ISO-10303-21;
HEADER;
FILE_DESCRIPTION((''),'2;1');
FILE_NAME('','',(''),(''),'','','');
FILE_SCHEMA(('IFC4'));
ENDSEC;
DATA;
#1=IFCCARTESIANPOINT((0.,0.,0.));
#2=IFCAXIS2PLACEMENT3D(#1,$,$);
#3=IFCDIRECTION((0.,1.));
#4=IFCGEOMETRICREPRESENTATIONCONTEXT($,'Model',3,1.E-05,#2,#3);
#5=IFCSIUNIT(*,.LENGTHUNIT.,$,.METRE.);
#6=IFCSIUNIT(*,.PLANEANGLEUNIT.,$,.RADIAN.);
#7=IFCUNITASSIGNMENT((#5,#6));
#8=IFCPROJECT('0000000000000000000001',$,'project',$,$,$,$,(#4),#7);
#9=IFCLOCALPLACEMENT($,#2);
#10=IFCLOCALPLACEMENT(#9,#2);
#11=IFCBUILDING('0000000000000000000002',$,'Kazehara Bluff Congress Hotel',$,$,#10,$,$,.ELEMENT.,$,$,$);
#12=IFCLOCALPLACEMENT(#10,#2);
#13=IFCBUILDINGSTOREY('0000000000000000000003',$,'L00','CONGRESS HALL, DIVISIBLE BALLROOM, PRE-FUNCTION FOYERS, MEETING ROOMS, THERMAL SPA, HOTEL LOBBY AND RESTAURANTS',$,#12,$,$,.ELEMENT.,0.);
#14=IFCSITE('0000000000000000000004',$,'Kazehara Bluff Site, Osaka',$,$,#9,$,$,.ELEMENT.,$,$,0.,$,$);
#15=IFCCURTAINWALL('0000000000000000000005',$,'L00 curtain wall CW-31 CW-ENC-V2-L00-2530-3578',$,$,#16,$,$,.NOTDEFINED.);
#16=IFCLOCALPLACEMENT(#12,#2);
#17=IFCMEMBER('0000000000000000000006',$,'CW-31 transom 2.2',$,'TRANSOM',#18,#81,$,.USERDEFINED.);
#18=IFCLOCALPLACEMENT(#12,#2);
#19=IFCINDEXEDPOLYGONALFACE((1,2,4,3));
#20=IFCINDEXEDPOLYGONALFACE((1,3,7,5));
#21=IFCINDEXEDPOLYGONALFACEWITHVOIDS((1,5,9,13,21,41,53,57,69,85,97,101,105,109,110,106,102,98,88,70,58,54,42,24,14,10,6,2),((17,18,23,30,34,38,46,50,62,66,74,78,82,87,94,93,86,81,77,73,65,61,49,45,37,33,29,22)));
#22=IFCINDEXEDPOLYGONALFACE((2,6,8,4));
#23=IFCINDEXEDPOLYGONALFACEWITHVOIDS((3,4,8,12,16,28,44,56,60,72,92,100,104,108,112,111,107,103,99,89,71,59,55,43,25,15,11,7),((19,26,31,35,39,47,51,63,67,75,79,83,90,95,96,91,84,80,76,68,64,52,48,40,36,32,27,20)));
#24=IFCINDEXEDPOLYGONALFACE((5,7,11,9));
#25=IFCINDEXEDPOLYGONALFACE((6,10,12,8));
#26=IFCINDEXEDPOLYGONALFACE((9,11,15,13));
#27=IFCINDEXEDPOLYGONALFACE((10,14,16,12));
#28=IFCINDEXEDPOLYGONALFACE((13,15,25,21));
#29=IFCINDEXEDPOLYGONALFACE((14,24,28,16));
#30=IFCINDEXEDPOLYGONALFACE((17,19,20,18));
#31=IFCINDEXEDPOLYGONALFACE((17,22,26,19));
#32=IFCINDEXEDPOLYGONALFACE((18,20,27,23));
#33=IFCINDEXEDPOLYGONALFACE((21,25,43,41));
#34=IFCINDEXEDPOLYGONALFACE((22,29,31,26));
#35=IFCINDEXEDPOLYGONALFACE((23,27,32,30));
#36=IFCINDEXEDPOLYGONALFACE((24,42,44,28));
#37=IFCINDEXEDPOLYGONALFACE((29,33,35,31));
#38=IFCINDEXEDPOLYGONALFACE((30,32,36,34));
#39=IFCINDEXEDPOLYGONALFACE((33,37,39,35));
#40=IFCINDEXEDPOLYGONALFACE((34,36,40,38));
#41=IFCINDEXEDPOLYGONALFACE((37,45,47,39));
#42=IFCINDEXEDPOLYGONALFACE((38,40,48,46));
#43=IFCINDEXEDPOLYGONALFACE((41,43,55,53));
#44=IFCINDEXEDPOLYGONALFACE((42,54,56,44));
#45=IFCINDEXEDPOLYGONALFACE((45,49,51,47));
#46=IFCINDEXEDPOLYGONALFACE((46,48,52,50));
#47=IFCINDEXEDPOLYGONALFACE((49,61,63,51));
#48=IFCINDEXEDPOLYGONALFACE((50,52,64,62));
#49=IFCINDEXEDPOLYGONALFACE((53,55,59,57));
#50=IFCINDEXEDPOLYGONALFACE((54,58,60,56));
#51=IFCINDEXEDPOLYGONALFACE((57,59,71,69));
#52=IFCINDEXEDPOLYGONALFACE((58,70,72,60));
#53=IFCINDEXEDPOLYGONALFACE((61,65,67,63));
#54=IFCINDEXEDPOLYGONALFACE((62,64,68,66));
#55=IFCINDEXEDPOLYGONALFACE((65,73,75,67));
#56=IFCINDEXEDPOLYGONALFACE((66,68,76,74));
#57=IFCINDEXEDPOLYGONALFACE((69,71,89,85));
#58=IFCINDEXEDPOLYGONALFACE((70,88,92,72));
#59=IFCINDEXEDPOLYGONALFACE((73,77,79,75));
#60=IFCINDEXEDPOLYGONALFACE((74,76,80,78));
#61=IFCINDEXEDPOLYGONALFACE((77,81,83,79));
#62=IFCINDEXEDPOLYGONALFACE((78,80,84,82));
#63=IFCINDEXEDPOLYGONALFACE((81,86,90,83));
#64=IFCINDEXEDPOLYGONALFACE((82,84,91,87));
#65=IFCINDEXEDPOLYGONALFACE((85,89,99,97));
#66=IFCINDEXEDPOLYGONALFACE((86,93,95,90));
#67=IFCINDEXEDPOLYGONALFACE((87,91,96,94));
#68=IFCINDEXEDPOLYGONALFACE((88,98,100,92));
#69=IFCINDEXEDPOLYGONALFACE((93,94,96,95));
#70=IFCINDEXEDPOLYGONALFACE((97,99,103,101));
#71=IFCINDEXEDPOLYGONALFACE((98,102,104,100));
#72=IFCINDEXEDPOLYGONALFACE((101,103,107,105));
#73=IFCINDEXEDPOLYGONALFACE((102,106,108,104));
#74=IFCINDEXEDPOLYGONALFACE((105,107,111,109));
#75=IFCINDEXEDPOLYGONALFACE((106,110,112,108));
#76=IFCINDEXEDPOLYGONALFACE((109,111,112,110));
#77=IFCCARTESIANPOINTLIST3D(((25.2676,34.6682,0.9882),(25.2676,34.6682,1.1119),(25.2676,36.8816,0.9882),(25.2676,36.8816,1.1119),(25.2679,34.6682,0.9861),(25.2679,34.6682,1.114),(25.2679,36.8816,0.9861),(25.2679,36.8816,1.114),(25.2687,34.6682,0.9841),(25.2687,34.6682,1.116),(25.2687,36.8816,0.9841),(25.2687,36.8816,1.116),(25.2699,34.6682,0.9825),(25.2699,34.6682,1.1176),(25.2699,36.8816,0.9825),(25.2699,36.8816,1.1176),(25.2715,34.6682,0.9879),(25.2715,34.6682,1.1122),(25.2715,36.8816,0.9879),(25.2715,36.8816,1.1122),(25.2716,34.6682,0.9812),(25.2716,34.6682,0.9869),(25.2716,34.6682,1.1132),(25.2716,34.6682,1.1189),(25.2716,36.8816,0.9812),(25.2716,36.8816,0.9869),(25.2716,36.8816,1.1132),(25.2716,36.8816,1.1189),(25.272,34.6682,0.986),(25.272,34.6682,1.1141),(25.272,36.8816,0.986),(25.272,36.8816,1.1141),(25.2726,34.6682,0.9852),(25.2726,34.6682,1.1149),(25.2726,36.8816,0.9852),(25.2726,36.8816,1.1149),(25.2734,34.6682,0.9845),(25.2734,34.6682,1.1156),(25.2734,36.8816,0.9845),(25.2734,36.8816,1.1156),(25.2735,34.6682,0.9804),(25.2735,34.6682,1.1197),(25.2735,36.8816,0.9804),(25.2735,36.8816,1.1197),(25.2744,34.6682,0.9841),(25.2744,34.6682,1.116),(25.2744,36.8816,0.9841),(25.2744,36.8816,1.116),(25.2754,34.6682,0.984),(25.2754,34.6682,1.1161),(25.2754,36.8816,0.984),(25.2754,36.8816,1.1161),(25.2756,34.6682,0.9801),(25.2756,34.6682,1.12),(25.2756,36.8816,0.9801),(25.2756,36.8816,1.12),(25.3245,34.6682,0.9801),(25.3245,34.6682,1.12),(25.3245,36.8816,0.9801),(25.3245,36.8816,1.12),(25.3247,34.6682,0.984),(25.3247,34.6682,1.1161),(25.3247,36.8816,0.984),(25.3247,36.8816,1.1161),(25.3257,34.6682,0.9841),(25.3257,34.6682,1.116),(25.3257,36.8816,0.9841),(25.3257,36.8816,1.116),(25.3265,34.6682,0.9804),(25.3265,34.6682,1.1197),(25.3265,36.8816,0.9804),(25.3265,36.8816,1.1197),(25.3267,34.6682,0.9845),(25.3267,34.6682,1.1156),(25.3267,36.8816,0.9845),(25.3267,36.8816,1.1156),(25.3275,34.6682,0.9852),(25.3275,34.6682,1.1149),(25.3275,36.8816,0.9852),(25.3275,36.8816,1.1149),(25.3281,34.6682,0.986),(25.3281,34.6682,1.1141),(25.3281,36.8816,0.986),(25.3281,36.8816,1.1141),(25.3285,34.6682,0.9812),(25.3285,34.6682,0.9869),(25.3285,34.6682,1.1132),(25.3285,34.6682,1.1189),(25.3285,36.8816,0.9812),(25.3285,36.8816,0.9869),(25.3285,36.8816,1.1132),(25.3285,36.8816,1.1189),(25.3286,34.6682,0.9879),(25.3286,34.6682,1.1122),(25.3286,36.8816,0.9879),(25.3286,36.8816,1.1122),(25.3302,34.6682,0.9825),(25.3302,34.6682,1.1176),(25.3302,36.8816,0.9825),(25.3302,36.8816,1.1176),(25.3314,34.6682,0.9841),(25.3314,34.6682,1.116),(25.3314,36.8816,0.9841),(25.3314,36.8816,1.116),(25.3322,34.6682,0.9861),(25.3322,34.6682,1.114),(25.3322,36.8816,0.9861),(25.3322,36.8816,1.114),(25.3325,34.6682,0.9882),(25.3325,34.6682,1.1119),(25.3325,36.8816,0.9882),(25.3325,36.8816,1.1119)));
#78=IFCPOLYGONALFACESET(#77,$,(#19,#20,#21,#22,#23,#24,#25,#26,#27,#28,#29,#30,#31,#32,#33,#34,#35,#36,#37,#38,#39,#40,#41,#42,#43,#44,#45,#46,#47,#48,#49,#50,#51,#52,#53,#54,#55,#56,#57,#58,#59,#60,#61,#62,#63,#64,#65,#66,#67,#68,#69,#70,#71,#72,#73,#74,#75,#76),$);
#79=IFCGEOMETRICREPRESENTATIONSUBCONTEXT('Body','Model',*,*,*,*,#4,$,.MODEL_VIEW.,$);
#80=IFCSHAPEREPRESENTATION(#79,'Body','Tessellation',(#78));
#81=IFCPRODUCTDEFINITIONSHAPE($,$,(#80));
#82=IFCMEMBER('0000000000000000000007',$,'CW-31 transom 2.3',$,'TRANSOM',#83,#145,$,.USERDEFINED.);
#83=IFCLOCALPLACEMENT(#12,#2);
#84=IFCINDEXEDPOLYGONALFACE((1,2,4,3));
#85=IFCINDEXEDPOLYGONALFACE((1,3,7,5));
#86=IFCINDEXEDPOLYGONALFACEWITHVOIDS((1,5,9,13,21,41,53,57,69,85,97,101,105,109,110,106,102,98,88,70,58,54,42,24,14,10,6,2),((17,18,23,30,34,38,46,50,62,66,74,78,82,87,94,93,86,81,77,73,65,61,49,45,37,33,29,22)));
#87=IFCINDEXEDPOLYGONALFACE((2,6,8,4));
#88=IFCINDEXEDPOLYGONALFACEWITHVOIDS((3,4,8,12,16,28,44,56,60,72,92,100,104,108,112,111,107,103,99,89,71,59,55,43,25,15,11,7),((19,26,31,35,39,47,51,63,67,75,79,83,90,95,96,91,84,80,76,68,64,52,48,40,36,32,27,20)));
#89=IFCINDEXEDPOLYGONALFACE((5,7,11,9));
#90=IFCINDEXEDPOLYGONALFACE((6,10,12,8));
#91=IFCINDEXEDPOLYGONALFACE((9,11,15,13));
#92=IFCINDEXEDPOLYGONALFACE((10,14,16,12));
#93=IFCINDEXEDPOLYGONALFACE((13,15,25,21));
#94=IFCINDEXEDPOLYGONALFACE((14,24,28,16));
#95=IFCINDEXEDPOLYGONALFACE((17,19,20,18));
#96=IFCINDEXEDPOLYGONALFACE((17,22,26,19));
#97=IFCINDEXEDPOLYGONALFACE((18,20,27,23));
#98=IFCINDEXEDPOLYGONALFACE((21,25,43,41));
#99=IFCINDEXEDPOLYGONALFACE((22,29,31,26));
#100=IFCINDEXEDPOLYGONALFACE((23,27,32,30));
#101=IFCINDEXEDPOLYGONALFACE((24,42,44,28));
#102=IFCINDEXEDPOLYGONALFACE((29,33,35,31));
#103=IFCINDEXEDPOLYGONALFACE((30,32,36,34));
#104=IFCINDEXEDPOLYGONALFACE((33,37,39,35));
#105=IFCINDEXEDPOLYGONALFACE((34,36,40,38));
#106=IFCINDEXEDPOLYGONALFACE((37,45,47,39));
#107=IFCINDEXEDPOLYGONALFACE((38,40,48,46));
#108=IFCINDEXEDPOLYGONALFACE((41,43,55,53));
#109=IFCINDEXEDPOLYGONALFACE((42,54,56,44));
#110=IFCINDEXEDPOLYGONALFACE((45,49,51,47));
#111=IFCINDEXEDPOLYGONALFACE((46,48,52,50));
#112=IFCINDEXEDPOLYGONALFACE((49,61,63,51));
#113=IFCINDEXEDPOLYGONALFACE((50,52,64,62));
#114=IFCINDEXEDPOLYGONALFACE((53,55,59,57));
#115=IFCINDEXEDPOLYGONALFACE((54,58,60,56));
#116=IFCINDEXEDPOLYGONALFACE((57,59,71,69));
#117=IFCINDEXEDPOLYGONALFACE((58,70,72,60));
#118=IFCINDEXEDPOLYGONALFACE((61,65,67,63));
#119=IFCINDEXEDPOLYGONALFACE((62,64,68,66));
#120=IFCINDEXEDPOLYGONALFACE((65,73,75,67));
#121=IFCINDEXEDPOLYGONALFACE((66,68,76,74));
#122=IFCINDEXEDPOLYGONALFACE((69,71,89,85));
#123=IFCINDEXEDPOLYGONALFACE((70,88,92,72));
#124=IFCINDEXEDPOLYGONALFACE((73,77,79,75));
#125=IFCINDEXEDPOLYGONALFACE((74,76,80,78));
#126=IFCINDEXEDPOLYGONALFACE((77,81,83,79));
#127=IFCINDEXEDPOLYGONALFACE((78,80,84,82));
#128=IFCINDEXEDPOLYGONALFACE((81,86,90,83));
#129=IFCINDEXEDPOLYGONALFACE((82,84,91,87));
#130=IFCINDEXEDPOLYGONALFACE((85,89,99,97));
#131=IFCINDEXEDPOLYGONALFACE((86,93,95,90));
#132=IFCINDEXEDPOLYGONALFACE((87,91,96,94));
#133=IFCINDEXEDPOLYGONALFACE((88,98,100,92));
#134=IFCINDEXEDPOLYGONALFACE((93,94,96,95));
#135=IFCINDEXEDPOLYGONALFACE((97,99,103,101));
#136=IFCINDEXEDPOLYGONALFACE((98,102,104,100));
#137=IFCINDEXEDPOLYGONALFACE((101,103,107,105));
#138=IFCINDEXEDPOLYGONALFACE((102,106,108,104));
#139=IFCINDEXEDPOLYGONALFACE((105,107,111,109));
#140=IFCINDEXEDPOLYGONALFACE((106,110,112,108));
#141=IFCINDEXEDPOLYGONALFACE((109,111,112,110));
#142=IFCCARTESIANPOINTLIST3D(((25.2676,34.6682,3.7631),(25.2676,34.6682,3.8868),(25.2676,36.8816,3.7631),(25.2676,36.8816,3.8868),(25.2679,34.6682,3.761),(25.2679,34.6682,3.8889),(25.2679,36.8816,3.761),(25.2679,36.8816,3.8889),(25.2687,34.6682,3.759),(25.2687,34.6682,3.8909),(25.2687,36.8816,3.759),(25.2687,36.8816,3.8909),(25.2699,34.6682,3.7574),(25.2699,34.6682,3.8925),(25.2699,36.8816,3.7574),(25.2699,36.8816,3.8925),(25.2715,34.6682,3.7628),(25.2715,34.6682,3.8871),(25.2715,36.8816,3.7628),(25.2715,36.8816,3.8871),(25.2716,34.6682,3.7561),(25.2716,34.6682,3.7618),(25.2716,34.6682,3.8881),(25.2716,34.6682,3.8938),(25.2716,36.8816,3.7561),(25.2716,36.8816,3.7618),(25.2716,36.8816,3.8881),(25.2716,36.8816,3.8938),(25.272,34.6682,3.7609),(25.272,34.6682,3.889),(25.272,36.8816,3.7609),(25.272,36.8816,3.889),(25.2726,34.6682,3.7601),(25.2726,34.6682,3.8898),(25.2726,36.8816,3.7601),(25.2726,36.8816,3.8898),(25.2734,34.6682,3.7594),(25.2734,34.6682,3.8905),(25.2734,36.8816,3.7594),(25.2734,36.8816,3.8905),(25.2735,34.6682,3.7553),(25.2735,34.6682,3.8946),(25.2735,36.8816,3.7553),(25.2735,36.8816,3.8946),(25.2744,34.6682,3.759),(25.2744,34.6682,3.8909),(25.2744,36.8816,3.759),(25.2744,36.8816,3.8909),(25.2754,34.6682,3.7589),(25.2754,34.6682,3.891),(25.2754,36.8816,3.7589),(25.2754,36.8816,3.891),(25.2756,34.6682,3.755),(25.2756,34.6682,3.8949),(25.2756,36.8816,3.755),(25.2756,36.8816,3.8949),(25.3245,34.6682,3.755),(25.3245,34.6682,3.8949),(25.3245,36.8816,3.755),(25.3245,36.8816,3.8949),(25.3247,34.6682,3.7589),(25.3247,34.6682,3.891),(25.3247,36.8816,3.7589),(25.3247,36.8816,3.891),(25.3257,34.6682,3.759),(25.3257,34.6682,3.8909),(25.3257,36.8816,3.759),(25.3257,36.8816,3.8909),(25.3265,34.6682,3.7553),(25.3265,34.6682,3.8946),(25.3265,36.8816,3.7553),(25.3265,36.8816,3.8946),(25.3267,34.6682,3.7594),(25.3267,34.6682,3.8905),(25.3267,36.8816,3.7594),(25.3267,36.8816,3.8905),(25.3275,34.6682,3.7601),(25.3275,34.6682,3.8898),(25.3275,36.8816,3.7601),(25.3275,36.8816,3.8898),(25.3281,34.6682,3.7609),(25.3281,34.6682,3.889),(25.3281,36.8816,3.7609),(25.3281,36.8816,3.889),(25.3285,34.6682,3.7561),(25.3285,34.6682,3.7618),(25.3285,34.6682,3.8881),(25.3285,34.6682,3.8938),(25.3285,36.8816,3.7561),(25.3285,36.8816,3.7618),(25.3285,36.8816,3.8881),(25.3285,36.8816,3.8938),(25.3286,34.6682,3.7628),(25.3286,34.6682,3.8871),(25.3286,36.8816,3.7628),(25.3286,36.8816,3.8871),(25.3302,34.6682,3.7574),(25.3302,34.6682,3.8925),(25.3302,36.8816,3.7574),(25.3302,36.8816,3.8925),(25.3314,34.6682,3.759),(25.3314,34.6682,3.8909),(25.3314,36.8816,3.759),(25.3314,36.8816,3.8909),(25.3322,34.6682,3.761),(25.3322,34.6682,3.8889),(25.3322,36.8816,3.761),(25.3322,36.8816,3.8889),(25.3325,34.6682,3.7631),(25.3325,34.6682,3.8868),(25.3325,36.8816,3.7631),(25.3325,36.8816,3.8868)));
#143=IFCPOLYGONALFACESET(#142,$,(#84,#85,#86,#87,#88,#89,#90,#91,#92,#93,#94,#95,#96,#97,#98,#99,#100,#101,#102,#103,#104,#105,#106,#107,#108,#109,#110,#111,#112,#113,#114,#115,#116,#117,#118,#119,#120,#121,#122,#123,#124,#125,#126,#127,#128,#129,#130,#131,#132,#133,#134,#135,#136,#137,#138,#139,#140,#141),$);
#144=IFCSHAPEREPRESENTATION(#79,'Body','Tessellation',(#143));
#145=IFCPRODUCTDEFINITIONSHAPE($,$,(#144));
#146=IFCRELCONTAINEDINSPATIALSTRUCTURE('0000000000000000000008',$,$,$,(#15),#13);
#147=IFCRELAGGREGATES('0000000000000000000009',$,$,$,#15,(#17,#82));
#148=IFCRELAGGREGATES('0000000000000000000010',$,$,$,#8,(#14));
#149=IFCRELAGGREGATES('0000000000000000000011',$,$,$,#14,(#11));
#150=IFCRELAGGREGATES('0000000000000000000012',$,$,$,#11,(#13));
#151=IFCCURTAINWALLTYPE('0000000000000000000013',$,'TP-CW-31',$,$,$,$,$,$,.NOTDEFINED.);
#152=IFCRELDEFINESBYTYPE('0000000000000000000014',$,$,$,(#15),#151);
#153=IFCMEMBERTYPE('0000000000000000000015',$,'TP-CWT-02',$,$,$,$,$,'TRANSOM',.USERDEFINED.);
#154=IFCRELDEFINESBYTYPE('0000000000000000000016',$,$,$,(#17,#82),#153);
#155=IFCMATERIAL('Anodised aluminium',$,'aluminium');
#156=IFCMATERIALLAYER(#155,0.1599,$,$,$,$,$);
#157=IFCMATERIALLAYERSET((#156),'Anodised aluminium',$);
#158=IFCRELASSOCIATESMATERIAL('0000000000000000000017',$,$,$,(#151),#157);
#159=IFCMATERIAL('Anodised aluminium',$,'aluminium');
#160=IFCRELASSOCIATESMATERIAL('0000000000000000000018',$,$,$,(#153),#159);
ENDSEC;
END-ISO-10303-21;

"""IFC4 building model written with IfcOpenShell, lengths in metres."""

from ifc_helpers import new_model, si_unit, direction, frame, origin, origin_2d, place, context, subcontext, project, spatial, hollow_rectangle, extrude, material, layer, layer_set, material_profile, profile_set, type_object, element, aggregate, save


model = new_model("IFC4")

# Units and contexts
model_context = context("Model", 3, precision=1e-05, world=origin(), true_north=direction((0.0, 1.0)))
body_context = subcontext(model_context, "Body", "Model", "MODEL_VIEW")
ifc_project = project(units=[si_unit("LENGTHUNIT", "METRE"), si_unit("PLANEANGLEUNIT", "RADIAN")], contexts=[model_context])

# Site, building, storey
site_placement = place(None, origin())
site = spatial("IfcSite", under=ifc_project, at=site_placement, Name="Kazehara Bluff Site, Osaka", CompositionType="ELEMENT", RefElevation=0.0)
building_placement = place(site_placement, origin())
building = spatial("IfcBuilding", under=site, at=building_placement, Name="Kazehara Bluff Congress Hotel", CompositionType="ELEMENT")
storey_placement = place(building_placement, origin())
storey = spatial("IfcBuildingStorey", under=building, at=storey_placement, Name="L00", Description="CONGRESS HALL, DIVISIBLE BALLROOM, PRE-FUNCTION FOYERS, MEETING ROOMS, THERMAL SPA, HOTEL LOBBY AND RESTAURANTS", CompositionType="ELEMENT", Elevation=0.0)

# Curtain wall, members
ifc_material_1 = material(Name="Anodised aluminium", Category="aluminium")
ifc_layer_1 = layer(ifc_material_1, 0.1599)
ifc_layer_set_1 = layer_set([ifc_layer_1], Name="Anodised aluminium")
curtain_wall_type = type_object("IfcCurtainWallType", Name="TP-CW-31", PredefinedType="NOTDEFINED", material=ifc_layer_set_1)
curtain_wall_placement = place(storey_placement, origin())
curtain_wall = element("IfcCurtainWall", 1, at=curtain_wall_placement, inside=storey, type_object=curtain_wall_type, Name="L00 curtain wall CW-31 CW-ENC-V2-L00-2530-3578", PredefinedType="NOTDEFINED")
ifc_material_2 = material(Name="Anodised aluminium", Category="aluminium")
ifc_material_profile_1 = material_profile(ifc_material_2, hollow_rectangle(XDim=0.0649, YDim=0.1399, WallThickness=0.0039, InnerFilletRadius=0.0039, OuterFilletRadius=0.0081, at=origin_2d()))
ifc_profile_set_1 = profile_set([ifc_material_profile_1], Name="Anodised aluminium")
member_type_1 = type_object("IfcMemberType", Name="TP-CWT-02", ElementType="TRANSOM", PredefinedType="USERDEFINED", material=ifc_profile_set_1)
member_1_placement = place(storey_placement, frame((25.3, 34.6682, 1.05), z_axis=(0.0, 1.0, 0.0), x_axis=(-1.0, 0.0, 0.0)))
member_1 = element("IfcMember", 2, at=member_1_placement, type_object=member_type_1, Name="CW-31 transom 2.2", ObjectType="TRANSOM", PredefinedType="USERDEFINED", context=body_context, shape_type="SweptSolid", body=[
    extrude(hollow_rectangle(XDim=0.0649, YDim=0.1399, WallThickness=0.0039, InnerFilletRadius=0.0039, OuterFilletRadius=0.0081, at=origin_2d()), origin(), (0.0, 0.0, 1.0), 2.2134),
])
member_2_placement = place(storey_placement, frame((25.3, 34.6682, 3.825), z_axis=(0.0, 1.0, 0.0), x_axis=(-1.0, 0.0, 0.0)))
member_2 = element("IfcMember", 3, at=member_2_placement, type_object=member_type_1, Name="CW-31 transom 2.3", ObjectType="TRANSOM", PredefinedType="USERDEFINED", context=body_context, shape_type="SweptSolid", body=[
    extrude(hollow_rectangle(XDim=0.0649, YDim=0.1399, WallThickness=0.0039, InnerFilletRadius=0.0039, OuterFilletRadius=0.0081, at=origin_2d()), origin(), (0.0, 0.0, 1.0), 2.2134),
])

aggregate(curtain_wall, [member_1, member_2])

save(model, "model.ifc")
